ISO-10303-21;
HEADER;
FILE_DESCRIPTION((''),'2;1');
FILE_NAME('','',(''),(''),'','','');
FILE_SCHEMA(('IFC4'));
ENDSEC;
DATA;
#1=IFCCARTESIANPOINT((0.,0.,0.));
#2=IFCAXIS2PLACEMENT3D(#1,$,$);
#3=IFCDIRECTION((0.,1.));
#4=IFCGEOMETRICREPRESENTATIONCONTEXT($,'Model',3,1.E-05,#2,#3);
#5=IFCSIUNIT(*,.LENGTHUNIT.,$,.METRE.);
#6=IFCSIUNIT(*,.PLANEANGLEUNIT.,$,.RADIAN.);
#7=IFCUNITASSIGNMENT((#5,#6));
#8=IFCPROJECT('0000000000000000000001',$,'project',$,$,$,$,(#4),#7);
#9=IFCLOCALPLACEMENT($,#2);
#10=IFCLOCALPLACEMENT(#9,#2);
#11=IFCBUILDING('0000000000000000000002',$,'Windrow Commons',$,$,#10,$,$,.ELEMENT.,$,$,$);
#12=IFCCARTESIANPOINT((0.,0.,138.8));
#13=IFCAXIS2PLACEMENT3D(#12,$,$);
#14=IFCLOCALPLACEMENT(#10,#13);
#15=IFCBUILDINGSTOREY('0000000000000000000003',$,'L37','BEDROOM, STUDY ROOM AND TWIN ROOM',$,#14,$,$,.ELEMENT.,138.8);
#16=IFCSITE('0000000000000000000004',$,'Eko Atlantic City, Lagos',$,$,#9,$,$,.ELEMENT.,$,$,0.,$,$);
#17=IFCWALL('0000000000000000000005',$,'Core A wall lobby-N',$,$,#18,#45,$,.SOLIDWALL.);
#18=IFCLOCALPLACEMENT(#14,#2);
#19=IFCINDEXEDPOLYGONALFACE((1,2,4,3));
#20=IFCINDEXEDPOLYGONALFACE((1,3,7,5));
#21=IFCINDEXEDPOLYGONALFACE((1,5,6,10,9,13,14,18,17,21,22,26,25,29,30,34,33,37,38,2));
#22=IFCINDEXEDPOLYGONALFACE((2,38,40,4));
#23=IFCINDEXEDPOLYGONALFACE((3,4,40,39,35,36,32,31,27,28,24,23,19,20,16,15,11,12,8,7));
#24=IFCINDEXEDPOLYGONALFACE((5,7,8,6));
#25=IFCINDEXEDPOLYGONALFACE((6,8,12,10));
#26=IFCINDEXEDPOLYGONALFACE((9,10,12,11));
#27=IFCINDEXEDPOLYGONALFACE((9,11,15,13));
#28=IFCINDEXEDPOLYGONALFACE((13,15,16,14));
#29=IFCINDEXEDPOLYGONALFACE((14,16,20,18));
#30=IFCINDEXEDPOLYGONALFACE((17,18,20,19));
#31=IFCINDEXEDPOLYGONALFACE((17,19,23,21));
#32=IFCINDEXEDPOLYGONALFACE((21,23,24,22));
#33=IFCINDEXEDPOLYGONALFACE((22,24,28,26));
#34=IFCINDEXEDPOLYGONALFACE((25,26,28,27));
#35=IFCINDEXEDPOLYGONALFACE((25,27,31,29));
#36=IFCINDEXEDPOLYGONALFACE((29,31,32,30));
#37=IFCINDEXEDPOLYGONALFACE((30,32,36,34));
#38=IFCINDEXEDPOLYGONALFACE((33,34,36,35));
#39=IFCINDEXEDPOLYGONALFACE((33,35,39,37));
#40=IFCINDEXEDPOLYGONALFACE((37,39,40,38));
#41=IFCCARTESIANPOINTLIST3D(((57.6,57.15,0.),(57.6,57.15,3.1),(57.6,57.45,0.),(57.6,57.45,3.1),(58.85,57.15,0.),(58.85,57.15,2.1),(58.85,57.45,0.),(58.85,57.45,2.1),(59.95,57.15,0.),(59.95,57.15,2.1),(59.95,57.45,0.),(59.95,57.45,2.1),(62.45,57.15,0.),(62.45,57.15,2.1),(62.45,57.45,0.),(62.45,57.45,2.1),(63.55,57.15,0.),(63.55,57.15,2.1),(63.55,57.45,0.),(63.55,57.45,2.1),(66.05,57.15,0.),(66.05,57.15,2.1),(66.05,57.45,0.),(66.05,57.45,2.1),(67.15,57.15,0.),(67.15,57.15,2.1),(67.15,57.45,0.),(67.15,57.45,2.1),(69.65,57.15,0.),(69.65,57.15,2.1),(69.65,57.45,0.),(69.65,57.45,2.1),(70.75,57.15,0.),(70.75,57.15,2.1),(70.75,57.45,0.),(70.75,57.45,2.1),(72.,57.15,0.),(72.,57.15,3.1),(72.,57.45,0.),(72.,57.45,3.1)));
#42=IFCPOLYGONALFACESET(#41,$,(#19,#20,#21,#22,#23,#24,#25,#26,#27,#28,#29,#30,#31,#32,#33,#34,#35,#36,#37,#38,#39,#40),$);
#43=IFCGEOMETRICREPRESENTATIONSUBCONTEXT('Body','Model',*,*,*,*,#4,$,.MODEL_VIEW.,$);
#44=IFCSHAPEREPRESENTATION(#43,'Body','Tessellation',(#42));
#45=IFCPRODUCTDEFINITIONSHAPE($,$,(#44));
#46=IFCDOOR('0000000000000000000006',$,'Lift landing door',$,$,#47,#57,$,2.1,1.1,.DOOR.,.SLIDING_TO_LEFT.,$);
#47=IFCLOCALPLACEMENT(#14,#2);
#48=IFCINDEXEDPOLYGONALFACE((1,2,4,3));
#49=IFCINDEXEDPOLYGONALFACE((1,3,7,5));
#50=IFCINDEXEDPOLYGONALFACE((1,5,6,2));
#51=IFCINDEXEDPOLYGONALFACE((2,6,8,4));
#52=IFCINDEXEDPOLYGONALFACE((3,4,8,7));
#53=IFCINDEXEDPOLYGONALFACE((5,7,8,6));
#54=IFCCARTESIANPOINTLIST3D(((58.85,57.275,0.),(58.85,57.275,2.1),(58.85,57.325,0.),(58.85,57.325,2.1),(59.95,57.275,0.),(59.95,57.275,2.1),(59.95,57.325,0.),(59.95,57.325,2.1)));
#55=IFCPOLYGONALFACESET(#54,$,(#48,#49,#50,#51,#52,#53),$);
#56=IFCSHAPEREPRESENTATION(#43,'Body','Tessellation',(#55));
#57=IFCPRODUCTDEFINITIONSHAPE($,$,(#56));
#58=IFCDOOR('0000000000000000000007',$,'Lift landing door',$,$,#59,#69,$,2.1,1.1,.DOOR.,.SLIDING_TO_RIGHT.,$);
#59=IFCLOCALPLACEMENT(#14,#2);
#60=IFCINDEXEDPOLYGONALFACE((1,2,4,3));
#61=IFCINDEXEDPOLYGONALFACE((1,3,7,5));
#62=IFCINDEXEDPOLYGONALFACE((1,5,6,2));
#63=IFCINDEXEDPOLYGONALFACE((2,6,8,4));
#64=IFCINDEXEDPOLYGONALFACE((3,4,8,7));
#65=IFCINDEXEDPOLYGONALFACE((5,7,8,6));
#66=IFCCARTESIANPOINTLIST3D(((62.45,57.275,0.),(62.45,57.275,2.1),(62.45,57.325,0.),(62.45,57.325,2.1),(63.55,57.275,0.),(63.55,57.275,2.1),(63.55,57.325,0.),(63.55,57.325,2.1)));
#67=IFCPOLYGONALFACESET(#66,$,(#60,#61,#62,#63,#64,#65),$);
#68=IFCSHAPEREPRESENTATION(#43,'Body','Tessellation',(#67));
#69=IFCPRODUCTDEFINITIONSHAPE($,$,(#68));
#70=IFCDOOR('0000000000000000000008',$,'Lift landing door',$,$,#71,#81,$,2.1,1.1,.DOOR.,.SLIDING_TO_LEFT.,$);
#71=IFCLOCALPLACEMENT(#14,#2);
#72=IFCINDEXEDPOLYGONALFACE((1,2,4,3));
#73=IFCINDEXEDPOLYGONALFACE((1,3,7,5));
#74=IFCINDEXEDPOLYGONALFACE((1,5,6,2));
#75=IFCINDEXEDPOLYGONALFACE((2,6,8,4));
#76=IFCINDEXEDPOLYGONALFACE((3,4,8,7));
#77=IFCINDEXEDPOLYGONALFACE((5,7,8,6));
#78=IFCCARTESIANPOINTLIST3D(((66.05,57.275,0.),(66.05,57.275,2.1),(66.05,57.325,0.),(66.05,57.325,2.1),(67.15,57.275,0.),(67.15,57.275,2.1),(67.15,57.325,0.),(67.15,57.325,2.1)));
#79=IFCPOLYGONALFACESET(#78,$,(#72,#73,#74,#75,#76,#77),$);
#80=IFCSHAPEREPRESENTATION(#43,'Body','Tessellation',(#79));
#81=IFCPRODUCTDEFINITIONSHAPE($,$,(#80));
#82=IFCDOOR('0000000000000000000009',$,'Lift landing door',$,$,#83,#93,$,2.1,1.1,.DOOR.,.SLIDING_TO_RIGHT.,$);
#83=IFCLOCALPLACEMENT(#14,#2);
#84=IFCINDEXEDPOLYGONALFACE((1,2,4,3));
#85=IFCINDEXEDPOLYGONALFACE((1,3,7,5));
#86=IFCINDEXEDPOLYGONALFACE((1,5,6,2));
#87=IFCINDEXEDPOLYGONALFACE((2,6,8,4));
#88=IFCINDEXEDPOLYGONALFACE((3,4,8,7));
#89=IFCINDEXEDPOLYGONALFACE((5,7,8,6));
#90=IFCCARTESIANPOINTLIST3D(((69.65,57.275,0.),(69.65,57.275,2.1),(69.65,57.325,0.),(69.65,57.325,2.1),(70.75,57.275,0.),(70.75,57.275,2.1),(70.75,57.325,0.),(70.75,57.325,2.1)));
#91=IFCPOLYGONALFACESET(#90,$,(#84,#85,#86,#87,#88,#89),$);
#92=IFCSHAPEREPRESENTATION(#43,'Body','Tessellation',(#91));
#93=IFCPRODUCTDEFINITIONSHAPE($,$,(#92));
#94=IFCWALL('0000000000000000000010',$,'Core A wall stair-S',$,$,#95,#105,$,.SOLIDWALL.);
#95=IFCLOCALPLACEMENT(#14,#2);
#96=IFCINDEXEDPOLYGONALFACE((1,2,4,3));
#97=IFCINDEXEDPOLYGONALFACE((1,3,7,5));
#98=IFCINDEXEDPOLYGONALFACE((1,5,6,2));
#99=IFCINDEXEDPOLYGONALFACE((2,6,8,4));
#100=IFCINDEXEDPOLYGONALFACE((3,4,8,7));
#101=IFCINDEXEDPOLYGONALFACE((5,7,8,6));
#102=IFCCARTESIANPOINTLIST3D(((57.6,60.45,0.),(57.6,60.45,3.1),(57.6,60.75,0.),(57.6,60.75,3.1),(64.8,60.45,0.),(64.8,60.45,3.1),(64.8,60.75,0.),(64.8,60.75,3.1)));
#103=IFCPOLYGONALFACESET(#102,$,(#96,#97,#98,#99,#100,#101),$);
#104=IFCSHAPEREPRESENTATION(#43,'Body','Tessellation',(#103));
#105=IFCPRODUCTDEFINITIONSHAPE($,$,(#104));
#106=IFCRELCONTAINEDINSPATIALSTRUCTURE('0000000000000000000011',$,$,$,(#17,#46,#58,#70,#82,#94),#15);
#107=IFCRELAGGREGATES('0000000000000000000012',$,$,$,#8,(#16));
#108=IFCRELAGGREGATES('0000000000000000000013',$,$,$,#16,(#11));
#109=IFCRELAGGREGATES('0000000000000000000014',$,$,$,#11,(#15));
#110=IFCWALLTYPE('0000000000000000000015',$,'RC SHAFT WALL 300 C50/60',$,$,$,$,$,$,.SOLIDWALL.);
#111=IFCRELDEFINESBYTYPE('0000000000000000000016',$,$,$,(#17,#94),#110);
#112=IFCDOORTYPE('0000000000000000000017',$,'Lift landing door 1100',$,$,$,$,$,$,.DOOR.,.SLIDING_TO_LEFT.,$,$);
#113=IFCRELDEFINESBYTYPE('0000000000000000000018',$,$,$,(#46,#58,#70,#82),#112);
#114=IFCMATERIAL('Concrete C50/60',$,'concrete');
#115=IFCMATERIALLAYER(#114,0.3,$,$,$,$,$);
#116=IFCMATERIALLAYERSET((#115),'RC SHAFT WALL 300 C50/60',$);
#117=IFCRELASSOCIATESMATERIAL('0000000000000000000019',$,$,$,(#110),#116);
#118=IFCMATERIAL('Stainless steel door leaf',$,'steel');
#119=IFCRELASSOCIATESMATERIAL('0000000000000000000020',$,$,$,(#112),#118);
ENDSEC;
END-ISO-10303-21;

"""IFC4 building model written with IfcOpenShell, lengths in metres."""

from ifc_helpers import new_model, si_unit, direction, frame, frame_2d, origin, place, context, subcontext, project, spatial, rectangle, extrude, material, layer, layer_set, type_object, element, fill, save


model = new_model("IFC4")

# Units and contexts
model_context = context("Model", 3, precision=1e-05, world=origin(), true_north=direction((0.0, 1.0)))
body_context = subcontext(model_context, "Body", "Model", "MODEL_VIEW")
ifc_project = project(units=[si_unit("LENGTHUNIT", "METRE"), si_unit("PLANEANGLEUNIT", "RADIAN")], contexts=[model_context])

# Site, building, storey
site_placement = place(None, origin())
site = spatial("IfcSite", under=ifc_project, at=site_placement, Name="Eko Atlantic City, Lagos", CompositionType="ELEMENT", RefElevation=0.0)
building_placement = place(site_placement, origin())
building = spatial("IfcBuilding", under=site, at=building_placement, Name="Windrow Commons", CompositionType="ELEMENT")
storey_placement = place(building_placement, frame((0.0, 0.0, 138.8)))
storey = spatial("IfcBuildingStorey", under=building, at=storey_placement, Name="L37", Description="BEDROOM, STUDY ROOM AND TWIN ROOM", CompositionType="ELEMENT", Elevation=138.8)

# Shared definitions
ifc_material_1 = material(Name="Concrete C50/60", Category="concrete")
ifc_layer_1 = layer(ifc_material_1, 0.3)
ifc_layer_set_1 = layer_set([ifc_layer_1], Name="RC SHAFT WALL 300 C50/60")
wall_type_1 = type_object("IfcWallType", Name="RC SHAFT WALL 300 C50/60", PredefinedType="SOLIDWALL", material=ifc_layer_set_1)

# Wall, openings, doors
ifc_material_2 = material(Name="Stainless steel door leaf", Category="steel")
door_type_1 = type_object("IfcDoorType", Name="Lift landing door 1100", OperationType="SLIDING_TO_LEFT", PredefinedType="DOOR", material=ifc_material_2)
wall_1_placement = place(storey_placement, frame((57.6, 57.3, 0.0), z_axis=(0.0, 0.0, 1.0), x_axis=(1.0, 0.0, 0.0)))
wall_1 = element("IfcWall", 1, at=wall_1_placement, inside=storey, type_object=wall_type_1, Name="Core A wall lobby-N", PredefinedType="SOLIDWALL", context=body_context, shape_type="SweptSolid", body=[
    extrude(rectangle(XDim=14.4, YDim=0.3, at=frame_2d((7.2, 0.0))), origin(), (0.0, 0.0, 1.0), 3.1),
])
opening_1_placement = place(wall_1_placement, frame((1.25, 0.0, 0.0)))
opening_1 = element("IfcOpeningElement", 2, at=opening_1_placement, cuts=wall_1, PredefinedType="OPENING", context=body_context, shape_type="SweptSolid", body=[
    extrude(rectangle(XDim=1.1, YDim=2.1, at=frame_2d((0.55, 1.05))), frame((0.0, 0.16, 0.0), z_axis=(0.0, -1.0, 0.0), x_axis=(1.0, 0.0, 0.0)), (0.0, 0.0, 1.0), 0.32),
])
opening_2_placement = place(wall_1_placement, frame((4.85, 0.0, 0.0)))
opening_2 = element("IfcOpeningElement", 3, at=opening_2_placement, cuts=wall_1, PredefinedType="OPENING", context=body_context, shape_type="SweptSolid", body=[
    extrude(rectangle(XDim=1.1, YDim=2.1, at=frame_2d((0.55, 1.05))), frame((0.0, 0.16, 0.0), z_axis=(0.0, -1.0, 0.0), x_axis=(1.0, 0.0, 0.0)), (0.0, 0.0, 1.0), 0.32),
])
opening_3_placement = place(wall_1_placement, frame((8.45, 0.0, 0.0)))
opening_3 = element("IfcOpeningElement", 4, at=opening_3_placement, cuts=wall_1, PredefinedType="OPENING", context=body_context, shape_type="SweptSolid", body=[
    extrude(rectangle(XDim=1.1, YDim=2.1, at=frame_2d((0.55, 1.05))), frame((0.0, 0.16, 0.0), z_axis=(0.0, -1.0, 0.0), x_axis=(1.0, 0.0, 0.0)), (0.0, 0.0, 1.0), 0.32),
])
opening_4_placement = place(wall_1_placement, frame((12.05, 0.0, 0.0)))
opening_4 = element("IfcOpeningElement", 5, at=opening_4_placement, cuts=wall_1, PredefinedType="OPENING", context=body_context, shape_type="SweptSolid", body=[
    extrude(rectangle(XDim=1.1, YDim=2.1, at=frame_2d((0.55, 1.05))), frame((0.0, 0.16, 0.0), z_axis=(0.0, -1.0, 0.0), x_axis=(1.0, 0.0, 0.0)), (0.0, 0.0, 1.0), 0.32),
])
door_1_placement = place(opening_1_placement, origin())
door_1 = element("IfcDoor", 6, at=door_1_placement, inside=storey, type_object=door_type_1, Name="Lift landing door", OperationType="SLIDING_TO_LEFT", OverallHeight=2.1, OverallWidth=1.1, PredefinedType="DOOR", context=body_context, shape_type="SweptSolid", body=[
    extrude(rectangle(XDim=1.1, YDim=2.1, at=frame_2d((0.55, 1.05))), frame((0.0, 0.025, 0.0), z_axis=(0.0, -1.0, 0.0), x_axis=(1.0, 0.0, 0.0)), (0.0, 0.0, 1.0), 0.05),
])
fill(opening_1, door_1)
door_2_placement = place(opening_2_placement, origin())
door_2 = element("IfcDoor", 7, at=door_2_placement, inside=storey, type_object=door_type_1, Name="Lift landing door", OperationType="SLIDING_TO_RIGHT", OverallHeight=2.1, OverallWidth=1.1, PredefinedType="DOOR", context=body_context, shape_type="SweptSolid", body=[
    extrude(rectangle(XDim=1.1, YDim=2.1, at=frame_2d((0.55, 1.05))), frame((0.0, 0.025, 0.0), z_axis=(0.0, -1.0, 0.0), x_axis=(1.0, 0.0, 0.0)), (0.0, 0.0, 1.0), 0.05),
])
fill(opening_2, door_2)
door_3_placement = place(opening_3_placement, origin())
door_3 = element("IfcDoor", 8, at=door_3_placement, inside=storey, type_object=door_type_1, Name="Lift landing door", OperationType="SLIDING_TO_LEFT", OverallHeight=2.1, OverallWidth=1.1, PredefinedType="DOOR", context=body_context, shape_type="SweptSolid", body=[
    extrude(rectangle(XDim=1.1, YDim=2.1, at=frame_2d((0.55, 1.05))), frame((0.0, 0.025, 0.0), z_axis=(0.0, -1.0, 0.0), x_axis=(1.0, 0.0, 0.0)), (0.0, 0.0, 1.0), 0.05),
])
fill(opening_3, door_3)
door_4_placement = place(opening_4_placement, origin())
door_4 = element("IfcDoor", 9, at=door_4_placement, inside=storey, type_object=door_type_1, Name="Lift landing door", OperationType="SLIDING_TO_RIGHT", OverallHeight=2.1, OverallWidth=1.1, PredefinedType="DOOR", context=body_context, shape_type="SweptSolid", body=[
    extrude(rectangle(XDim=1.1, YDim=2.1, at=frame_2d((0.55, 1.05))), frame((0.0, 0.025, 0.0), z_axis=(0.0, -1.0, 0.0), x_axis=(1.0, 0.0, 0.0)), (0.0, 0.0, 1.0), 0.05),
])
fill(opening_4, door_4)

# Wall
wall_2_placement = place(storey_placement, frame((57.6, 60.6, 0.0), z_axis=(0.0, 0.0, 1.0), x_axis=(1.0, 0.0, 0.0)))
element("IfcWall", 10, at=wall_2_placement, inside=storey, type_object=wall_type_1, Name="Core A wall stair-S", PredefinedType="SOLIDWALL", context=body_context, shape_type="SweptSolid", body=[
    extrude(rectangle(XDim=7.2, YDim=0.3, at=frame_2d((3.6, 0.0))), origin(), (0.0, 0.0, 1.0), 3.1),
])

save(model, "model.ifc")
